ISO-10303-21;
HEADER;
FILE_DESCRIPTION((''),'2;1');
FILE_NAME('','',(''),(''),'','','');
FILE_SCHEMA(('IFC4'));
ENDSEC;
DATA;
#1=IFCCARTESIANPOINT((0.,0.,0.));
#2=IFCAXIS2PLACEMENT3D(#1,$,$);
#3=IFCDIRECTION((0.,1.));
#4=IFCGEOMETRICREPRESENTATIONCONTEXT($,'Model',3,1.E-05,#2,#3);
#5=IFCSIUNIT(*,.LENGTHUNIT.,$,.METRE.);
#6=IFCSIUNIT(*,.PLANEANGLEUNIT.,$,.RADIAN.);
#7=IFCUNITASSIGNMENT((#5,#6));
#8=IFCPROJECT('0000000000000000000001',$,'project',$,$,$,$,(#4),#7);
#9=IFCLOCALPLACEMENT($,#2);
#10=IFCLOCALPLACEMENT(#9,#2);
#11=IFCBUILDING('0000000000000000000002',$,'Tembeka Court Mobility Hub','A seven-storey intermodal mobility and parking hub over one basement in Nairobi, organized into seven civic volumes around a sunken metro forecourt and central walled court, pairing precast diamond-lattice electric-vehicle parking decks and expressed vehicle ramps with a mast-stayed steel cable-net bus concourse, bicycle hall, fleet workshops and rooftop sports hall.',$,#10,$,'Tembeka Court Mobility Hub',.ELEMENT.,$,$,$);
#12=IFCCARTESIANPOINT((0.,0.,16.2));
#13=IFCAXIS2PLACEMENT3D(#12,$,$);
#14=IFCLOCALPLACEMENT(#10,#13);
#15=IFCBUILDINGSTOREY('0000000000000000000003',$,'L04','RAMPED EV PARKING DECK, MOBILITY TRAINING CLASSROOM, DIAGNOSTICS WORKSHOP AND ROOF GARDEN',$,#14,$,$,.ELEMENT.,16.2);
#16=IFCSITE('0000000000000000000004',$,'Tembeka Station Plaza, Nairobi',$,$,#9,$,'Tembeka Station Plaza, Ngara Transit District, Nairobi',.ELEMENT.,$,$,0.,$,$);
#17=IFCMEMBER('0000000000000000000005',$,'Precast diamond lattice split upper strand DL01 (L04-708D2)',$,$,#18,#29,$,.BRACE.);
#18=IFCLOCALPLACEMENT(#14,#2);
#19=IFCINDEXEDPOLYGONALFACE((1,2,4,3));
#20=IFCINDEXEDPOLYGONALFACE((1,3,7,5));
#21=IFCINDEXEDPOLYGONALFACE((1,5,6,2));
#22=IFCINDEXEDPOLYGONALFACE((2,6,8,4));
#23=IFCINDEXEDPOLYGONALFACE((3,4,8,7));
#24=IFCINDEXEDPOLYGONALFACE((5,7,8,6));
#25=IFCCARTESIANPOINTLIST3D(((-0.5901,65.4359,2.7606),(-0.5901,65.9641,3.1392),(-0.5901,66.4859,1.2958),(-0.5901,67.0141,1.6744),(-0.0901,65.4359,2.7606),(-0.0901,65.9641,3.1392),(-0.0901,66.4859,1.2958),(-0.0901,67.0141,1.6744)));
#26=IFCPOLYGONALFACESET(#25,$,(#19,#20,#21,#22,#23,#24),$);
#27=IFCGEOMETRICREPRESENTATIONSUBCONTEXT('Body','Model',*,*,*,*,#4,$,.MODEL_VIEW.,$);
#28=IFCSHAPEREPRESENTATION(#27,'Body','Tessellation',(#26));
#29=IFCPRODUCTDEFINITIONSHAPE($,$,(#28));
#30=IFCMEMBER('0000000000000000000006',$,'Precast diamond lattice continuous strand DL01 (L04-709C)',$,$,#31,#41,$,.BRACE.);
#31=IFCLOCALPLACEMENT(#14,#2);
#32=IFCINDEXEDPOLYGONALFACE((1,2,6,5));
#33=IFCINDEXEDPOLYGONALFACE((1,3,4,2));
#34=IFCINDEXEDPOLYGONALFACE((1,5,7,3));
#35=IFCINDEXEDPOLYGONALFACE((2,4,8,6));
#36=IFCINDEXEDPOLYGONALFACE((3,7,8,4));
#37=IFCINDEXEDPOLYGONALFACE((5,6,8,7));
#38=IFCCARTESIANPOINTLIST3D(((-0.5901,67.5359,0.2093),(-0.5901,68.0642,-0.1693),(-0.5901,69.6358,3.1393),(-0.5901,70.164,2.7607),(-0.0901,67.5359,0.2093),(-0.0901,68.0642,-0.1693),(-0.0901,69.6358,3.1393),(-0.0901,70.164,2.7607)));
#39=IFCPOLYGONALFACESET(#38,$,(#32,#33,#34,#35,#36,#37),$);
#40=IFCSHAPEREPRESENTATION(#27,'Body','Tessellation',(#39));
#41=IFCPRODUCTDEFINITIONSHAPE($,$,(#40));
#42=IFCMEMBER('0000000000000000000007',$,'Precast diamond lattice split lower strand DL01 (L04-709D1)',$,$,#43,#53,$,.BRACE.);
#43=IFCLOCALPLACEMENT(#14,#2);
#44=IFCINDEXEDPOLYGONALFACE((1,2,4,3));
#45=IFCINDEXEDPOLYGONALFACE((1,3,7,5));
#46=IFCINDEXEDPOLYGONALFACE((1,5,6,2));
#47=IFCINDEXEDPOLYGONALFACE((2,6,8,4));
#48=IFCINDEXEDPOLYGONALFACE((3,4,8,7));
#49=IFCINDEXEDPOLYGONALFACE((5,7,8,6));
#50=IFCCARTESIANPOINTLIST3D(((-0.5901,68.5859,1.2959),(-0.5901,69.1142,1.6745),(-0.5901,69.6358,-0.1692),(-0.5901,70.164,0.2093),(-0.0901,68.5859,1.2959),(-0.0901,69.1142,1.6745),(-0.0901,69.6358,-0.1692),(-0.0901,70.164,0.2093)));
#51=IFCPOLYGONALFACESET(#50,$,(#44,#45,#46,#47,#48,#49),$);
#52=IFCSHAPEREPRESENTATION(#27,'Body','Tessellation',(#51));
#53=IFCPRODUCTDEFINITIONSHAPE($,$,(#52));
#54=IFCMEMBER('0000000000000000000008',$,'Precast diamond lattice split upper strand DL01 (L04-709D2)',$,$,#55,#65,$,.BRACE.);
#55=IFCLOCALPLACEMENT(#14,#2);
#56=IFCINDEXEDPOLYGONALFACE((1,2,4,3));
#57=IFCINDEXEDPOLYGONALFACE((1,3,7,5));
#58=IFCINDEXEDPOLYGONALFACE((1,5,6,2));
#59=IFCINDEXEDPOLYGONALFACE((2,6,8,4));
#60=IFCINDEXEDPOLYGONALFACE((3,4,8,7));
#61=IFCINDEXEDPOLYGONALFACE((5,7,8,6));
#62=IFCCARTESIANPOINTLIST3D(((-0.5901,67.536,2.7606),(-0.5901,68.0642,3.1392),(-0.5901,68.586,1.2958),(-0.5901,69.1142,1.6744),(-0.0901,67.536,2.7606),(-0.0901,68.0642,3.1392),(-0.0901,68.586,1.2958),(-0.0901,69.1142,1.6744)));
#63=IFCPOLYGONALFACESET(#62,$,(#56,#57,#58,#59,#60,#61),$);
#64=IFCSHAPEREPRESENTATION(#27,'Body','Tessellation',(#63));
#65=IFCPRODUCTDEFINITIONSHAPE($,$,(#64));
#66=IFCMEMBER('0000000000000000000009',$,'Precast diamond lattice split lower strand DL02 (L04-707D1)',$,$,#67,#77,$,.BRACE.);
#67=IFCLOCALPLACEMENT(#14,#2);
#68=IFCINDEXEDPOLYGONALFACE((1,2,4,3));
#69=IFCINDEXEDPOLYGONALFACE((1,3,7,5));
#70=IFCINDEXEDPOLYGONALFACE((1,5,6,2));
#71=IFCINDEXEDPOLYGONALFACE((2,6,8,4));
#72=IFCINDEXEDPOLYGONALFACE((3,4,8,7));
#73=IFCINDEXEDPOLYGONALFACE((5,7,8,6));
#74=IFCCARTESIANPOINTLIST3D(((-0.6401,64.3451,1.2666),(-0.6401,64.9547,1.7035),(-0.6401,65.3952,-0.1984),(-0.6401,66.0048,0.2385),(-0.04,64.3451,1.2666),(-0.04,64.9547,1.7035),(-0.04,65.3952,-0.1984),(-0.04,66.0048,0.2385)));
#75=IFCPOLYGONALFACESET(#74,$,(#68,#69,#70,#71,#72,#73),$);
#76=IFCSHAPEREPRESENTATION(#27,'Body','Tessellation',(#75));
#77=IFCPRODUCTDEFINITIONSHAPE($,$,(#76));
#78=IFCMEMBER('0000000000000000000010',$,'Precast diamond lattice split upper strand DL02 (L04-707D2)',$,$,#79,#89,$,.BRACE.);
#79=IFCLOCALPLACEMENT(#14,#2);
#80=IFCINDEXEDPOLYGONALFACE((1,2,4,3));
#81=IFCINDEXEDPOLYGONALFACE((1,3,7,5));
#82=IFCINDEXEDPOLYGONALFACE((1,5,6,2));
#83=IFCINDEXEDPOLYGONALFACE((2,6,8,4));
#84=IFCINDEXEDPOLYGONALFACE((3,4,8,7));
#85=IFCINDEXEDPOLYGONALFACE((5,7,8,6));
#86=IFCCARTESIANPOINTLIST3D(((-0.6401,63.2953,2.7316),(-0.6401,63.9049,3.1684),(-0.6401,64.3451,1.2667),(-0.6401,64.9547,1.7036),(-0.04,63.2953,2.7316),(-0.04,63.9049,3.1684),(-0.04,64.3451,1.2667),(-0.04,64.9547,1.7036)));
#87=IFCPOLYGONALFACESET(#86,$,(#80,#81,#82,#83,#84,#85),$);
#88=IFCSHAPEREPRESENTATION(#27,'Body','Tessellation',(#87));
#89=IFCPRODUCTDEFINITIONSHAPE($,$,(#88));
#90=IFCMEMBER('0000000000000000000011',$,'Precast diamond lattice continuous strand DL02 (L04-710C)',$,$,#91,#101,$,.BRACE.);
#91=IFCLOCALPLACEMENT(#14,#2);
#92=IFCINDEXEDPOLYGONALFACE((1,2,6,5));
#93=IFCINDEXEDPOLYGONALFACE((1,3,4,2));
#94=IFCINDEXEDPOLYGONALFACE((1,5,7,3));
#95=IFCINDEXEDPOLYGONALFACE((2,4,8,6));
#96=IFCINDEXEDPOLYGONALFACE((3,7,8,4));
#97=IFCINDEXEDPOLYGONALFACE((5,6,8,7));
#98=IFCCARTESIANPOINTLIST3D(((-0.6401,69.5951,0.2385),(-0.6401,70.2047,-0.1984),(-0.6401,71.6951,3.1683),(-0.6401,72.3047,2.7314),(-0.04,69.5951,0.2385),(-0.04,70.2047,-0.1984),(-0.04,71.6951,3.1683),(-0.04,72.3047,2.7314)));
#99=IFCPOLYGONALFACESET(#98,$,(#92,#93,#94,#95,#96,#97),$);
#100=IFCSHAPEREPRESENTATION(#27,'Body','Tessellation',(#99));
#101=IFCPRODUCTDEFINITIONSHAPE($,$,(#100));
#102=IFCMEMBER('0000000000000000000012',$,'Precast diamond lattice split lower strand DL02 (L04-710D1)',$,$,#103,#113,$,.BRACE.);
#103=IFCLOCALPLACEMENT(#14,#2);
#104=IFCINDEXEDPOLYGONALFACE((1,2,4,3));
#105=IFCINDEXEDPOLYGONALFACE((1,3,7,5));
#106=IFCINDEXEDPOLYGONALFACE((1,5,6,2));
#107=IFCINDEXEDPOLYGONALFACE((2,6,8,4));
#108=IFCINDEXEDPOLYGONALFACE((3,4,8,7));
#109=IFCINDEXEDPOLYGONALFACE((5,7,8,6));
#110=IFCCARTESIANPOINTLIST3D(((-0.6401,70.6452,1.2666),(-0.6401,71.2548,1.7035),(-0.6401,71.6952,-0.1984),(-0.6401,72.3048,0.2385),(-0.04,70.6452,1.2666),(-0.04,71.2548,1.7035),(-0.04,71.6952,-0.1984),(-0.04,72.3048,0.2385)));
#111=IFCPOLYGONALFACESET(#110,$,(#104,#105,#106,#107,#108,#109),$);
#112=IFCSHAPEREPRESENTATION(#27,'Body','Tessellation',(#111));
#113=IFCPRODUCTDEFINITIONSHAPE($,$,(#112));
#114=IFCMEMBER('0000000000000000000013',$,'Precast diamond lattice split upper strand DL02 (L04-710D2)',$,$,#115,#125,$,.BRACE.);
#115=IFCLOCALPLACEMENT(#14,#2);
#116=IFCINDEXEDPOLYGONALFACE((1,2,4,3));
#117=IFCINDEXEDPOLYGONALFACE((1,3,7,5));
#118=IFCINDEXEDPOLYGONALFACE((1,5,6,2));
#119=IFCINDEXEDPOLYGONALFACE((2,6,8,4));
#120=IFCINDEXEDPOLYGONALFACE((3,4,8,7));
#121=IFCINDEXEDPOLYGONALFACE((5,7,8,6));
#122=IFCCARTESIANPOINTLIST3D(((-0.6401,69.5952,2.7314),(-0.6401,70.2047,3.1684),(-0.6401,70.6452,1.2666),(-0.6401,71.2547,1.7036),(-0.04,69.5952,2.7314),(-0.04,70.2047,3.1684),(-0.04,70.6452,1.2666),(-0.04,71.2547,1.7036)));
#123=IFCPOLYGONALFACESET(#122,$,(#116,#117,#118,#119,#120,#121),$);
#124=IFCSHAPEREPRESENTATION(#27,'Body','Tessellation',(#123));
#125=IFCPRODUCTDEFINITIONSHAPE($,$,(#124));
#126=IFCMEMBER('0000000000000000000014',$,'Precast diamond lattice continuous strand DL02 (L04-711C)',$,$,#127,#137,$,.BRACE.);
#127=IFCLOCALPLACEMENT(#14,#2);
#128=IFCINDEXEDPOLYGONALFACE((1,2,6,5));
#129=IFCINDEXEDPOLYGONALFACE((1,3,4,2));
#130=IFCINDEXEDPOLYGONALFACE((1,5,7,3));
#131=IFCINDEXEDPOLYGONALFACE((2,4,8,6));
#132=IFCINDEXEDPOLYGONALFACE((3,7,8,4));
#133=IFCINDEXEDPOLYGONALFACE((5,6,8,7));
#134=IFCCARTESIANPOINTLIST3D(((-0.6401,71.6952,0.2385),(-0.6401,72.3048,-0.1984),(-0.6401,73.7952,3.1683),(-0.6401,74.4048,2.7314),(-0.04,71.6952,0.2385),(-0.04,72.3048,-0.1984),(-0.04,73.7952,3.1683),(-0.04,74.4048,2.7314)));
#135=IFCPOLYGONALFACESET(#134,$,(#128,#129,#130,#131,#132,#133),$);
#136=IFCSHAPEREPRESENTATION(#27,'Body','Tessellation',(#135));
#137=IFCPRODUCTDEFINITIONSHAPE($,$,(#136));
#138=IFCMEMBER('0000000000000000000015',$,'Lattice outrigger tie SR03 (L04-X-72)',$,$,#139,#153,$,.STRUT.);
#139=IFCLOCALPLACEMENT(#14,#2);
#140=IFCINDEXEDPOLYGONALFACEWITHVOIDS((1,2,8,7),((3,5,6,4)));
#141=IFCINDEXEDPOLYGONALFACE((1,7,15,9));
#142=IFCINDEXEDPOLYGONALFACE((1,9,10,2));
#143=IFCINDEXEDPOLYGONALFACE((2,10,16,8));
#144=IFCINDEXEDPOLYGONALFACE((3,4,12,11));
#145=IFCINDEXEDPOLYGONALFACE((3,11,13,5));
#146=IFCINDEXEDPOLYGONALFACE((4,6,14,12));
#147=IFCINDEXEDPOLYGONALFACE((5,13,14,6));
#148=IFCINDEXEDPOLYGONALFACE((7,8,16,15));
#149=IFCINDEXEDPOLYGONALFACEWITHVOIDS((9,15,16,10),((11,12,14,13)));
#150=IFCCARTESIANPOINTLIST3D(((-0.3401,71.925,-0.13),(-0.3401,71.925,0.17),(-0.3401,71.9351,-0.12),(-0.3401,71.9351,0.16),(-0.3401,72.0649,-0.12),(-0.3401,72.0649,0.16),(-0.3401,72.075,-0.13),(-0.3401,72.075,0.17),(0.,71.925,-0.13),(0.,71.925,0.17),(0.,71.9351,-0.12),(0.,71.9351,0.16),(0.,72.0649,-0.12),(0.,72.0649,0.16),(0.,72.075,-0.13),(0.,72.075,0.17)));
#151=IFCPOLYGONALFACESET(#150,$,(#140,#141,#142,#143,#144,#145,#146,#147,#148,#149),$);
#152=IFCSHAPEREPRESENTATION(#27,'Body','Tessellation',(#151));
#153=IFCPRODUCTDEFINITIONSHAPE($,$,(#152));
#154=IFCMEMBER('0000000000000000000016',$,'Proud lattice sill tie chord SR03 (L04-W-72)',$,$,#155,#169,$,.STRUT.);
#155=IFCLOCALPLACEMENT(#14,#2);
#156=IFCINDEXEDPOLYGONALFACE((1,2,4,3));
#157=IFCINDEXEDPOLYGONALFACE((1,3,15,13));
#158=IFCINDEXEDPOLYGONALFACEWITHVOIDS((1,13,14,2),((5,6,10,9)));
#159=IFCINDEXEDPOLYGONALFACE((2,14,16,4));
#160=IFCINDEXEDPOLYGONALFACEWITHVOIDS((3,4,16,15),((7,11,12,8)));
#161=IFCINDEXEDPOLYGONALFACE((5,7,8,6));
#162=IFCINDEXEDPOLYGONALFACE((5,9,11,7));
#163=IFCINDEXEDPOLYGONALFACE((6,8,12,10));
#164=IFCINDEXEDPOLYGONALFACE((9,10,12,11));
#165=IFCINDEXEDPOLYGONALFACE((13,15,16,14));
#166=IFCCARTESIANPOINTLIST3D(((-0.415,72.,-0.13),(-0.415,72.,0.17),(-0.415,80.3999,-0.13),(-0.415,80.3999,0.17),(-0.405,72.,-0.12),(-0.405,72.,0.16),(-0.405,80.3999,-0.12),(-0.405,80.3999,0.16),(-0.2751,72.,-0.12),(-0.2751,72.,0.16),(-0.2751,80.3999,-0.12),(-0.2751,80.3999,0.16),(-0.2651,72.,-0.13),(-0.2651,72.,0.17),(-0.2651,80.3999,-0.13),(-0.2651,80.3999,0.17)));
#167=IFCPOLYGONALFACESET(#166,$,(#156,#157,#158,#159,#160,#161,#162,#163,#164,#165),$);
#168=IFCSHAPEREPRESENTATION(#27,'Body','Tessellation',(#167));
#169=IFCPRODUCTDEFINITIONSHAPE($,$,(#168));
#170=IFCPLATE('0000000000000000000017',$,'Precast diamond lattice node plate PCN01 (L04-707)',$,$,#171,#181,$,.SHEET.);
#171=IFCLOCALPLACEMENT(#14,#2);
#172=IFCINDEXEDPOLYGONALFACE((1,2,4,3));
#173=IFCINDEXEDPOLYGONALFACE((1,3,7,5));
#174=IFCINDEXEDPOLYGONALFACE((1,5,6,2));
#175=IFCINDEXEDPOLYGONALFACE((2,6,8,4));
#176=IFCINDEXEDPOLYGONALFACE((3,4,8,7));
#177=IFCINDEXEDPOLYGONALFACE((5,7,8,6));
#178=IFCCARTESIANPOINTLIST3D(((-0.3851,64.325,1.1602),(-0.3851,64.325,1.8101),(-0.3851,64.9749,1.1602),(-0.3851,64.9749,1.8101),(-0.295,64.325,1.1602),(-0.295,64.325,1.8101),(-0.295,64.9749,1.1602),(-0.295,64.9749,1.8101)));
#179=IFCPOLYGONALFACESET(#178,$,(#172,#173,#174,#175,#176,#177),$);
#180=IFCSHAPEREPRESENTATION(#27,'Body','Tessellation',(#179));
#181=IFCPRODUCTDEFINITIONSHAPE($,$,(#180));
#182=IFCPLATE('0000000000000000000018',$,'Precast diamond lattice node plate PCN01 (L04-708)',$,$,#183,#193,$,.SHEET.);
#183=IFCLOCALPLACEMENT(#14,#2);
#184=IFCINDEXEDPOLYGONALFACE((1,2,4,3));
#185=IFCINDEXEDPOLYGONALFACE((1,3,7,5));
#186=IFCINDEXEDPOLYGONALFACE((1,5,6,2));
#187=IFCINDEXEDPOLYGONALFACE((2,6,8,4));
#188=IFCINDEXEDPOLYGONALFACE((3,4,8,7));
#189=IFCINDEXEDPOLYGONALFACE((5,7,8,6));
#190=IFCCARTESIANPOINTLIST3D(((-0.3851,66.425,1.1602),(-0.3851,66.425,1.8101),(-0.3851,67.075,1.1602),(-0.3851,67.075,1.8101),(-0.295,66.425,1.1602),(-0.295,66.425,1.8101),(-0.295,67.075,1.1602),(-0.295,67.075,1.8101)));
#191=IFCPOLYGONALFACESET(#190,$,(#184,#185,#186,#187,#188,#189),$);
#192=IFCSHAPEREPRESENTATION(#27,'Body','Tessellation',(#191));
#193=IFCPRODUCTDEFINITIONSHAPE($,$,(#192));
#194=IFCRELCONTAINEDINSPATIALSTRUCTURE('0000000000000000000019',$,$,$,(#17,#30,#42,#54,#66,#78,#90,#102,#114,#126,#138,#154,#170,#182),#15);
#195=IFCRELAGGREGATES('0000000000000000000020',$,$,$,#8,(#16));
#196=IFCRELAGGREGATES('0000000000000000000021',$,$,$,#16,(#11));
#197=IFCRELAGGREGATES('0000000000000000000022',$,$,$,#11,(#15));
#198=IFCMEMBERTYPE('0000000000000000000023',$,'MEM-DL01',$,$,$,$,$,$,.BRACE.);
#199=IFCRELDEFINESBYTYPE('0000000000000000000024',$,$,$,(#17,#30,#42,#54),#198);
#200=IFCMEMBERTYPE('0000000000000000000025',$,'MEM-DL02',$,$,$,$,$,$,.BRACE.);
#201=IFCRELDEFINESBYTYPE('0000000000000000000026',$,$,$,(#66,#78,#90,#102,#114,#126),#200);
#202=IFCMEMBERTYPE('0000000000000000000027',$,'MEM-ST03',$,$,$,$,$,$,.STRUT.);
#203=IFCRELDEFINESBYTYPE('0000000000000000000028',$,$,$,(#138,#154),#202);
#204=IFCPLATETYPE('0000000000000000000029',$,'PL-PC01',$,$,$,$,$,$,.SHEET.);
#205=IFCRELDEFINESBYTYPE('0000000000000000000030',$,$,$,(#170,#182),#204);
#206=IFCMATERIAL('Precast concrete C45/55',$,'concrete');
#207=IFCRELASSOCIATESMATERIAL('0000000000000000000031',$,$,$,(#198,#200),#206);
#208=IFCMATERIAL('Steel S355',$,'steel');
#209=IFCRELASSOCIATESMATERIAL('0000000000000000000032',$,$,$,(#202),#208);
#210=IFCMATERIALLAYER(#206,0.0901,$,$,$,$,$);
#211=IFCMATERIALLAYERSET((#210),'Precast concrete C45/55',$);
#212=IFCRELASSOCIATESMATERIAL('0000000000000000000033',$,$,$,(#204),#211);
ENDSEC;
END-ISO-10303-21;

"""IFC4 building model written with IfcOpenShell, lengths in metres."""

from ifc_helpers import new_model, si_unit, direction, frame, origin, origin_2d, place, context, subcontext, project, spatial, rectangle, hollow_rectangle, extrude, material, layer, layer_set, material_profile, profile_set, type_object, element, save


model = new_model("IFC4")

# Units and contexts
model_context = context("Model", 3, precision=1e-05, world=origin(), true_north=direction((0.0, 1.0)))
body_context = subcontext(model_context, "Body", "Model", "MODEL_VIEW")
ifc_project = project(units=[si_unit("LENGTHUNIT", "METRE"), si_unit("PLANEANGLEUNIT", "RADIAN")], contexts=[model_context])

# Site, building, storey
site_placement = place(None, origin())
site = spatial("IfcSite", under=ifc_project, at=site_placement, Name="Tembeka Station Plaza, Nairobi", LongName="Tembeka Station Plaza, Ngara Transit District, Nairobi", CompositionType="ELEMENT", RefElevation=0.0)
building_placement = place(site_placement, origin())
building = spatial("IfcBuilding", under=site, at=building_placement, Name="Tembeka Court Mobility Hub", Description="A seven-storey intermodal mobility and parking hub over one basement in Nairobi, organized into seven civic volumes around a sunken metro forecourt and central walled court, pairing precast diamond-lattice electric-vehicle parking decks and expressed vehicle ramps with a mast-stayed steel cable-net bus concourse, bicycle hall, fleet workshops and rooftop sports hall.", LongName="Tembeka Court Mobility Hub", CompositionType="ELEMENT")
storey_placement = place(building_placement, frame((0.0, 0.0, 16.2)))
storey = spatial("IfcBuildingStorey", under=building, at=storey_placement, Name="L04", Description="RAMPED EV PARKING DECK, MOBILITY TRAINING CLASSROOM, DIAGNOSTICS WORKSHOP AND ROOF GARDEN", CompositionType="ELEMENT", Elevation=16.2)

# Shared definitions
ifc_material_1 = material(Name="Steel S355", Category="steel")

# Shared definitions
ifc_material_2 = material(Name="Precast concrete C45/55", Category="concrete")

# Members
ifc_material_profile_1 = material_profile(ifc_material_2, rectangle(XDim=0.5, YDim=0.6499, at=origin_2d()), Name="PC-DIAG 500x650")
ifc_profile_set_1 = profile_set([ifc_material_profile_1], Name="Precast concrete C45/55")
member_type_1 = type_object("IfcMemberType", Name="MEM-DL01", PredefinedType="BRACE", material=ifc_profile_set_1)
member_1_placement = place(storey_placement, frame((-0.3401, 66.75, 1.4851), z_axis=(0.0, -0.582608, 0.812753), x_axis=(1.0, 0.0, 0.0)))
element("IfcMember", 1, at=member_1_placement, inside=storey, type_object=member_type_1, Name="Precast diamond lattice split upper strand DL01 (L04-708D2)", PredefinedType="BRACE", context=body_context, shape_type="SweptSolid", body=[
    extrude(rectangle(XDim=0.5, YDim=0.6499, at=origin_2d()), origin(), (0.0, 0.0, 1.0), 1.8022),
])
member_2_placement = place(storey_placement, frame((-0.3401, 67.8, 0.02), z_axis=(0.0, 0.582532, 0.812808), x_axis=(-1.0, 0.0, 0.0)))
element("IfcMember", 2, at=member_2_placement, inside=storey, type_object=member_type_1, Name="Precast diamond lattice continuous strand DL01 (L04-709C)", PredefinedType="BRACE", context=body_context, shape_type="SweptSolid", body=[
    extrude(rectangle(XDim=0.5, YDim=0.6499, at=origin_2d()), origin(), (0.0, 0.0, 1.0), 3.6047),
])
member_3_placement = place(storey_placement, frame((-0.3401, 69.8999, 0.02), z_axis=(0.0, -0.582455, 0.812863), x_axis=(1.0, 0.0, 0.0)))
element("IfcMember", 3, at=member_3_placement, inside=storey, type_object=member_type_1, Name="Precast diamond lattice split lower strand DL01 (L04-709D1)", PredefinedType="BRACE", context=body_context, shape_type="SweptSolid", body=[
    extrude(rectangle(XDim=0.5, YDim=0.6499, at=origin_2d()), origin(), (0.0, 0.0, 1.0), 1.8025),
])
member_4_placement = place(storey_placement, frame((-0.3401, 68.8501, 1.4851), z_axis=(0.0, -0.582608, 0.812753), x_axis=(1.0, 0.0, 0.0)))
element("IfcMember", 4, at=member_4_placement, inside=storey, type_object=member_type_1, Name="Precast diamond lattice split upper strand DL01 (L04-709D2)", PredefinedType="BRACE", context=body_context, shape_type="SweptSolid", body=[
    extrude(rectangle(XDim=0.5, YDim=0.6499, at=origin_2d()), origin(), (0.0, 0.0, 1.0), 1.8022),
])
ifc_material_profile_2 = material_profile(ifc_material_2, rectangle(XDim=0.6001, YDim=0.75, at=origin_2d()), Name="PC-DIAG 600x750")
ifc_profile_set_2 = profile_set([ifc_material_profile_2], Name="Precast concrete C45/55")
member_type_2 = type_object("IfcMemberType", Name="MEM-DL02", PredefinedType="BRACE", material=ifc_profile_set_2)
member_5_placement = place(storey_placement, frame((-0.3401, 65.7, 0.02), z_axis=(0.0, -0.582544, 0.812799), x_axis=(1.0, 0.0, 0.0)))
element("IfcMember", 5, at=member_5_placement, inside=storey, type_object=member_type_2, Name="Precast diamond lattice split lower strand DL02 (L04-707D1)", PredefinedType="BRACE", context=body_context, shape_type="SweptSolid", body=[
    extrude(rectangle(XDim=0.6001, YDim=0.75, at=origin_2d()), origin(), (0.0, 0.0, 1.0), 1.8025),
])
member_6_placement = place(storey_placement, frame((-0.3401, 64.6499, 1.4851), z_axis=(0.0, -0.582519, 0.812817), x_axis=(1.0, 0.0, 0.0)))
element("IfcMember", 6, at=member_6_placement, inside=storey, type_object=member_type_2, Name="Precast diamond lattice split upper strand DL02 (L04-707D2)", PredefinedType="BRACE", context=body_context, shape_type="SweptSolid", body=[
    extrude(rectangle(XDim=0.6001, YDim=0.75, at=origin_2d()), origin(), (0.0, 0.0, 1.0), 1.8022),
])
member_7_placement = place(storey_placement, frame((-0.3401, 69.8999, 0.02), z_axis=(0.0, 0.582576, 0.812776), x_axis=(-1.0, 0.0, 0.0)))
element("IfcMember", 7, at=member_7_placement, inside=storey, type_object=member_type_2, Name="Precast diamond lattice continuous strand DL02 (L04-710C)", PredefinedType="BRACE", context=body_context, shape_type="SweptSolid", body=[
    extrude(rectangle(XDim=0.6001, YDim=0.75, at=origin_2d()), origin(), (0.0, 0.0, 1.0), 3.6047),
])
member_8_placement = place(storey_placement, frame((-0.3401, 72.0, 0.02), z_axis=(0.0, -0.582544, 0.812799), x_axis=(1.0, 0.0, 0.0)))
element("IfcMember", 8, at=member_8_placement, inside=storey, type_object=member_type_2, Name="Precast diamond lattice split lower strand DL02 (L04-710D1)", PredefinedType="BRACE", context=body_context, shape_type="SweptSolid", body=[
    extrude(rectangle(XDim=0.6001, YDim=0.75, at=origin_2d()), origin(), (0.0, 0.0, 1.0), 1.8025),
])
member_9_placement = place(storey_placement, frame((-0.3401, 70.95, 1.4851), z_axis=(0.0, -0.582608, 0.812753), x_axis=(1.0, 0.0, 0.0)))
element("IfcMember", 9, at=member_9_placement, inside=storey, type_object=member_type_2, Name="Precast diamond lattice split upper strand DL02 (L04-710D2)", PredefinedType="BRACE", context=body_context, shape_type="SweptSolid", body=[
    extrude(rectangle(XDim=0.6001, YDim=0.75, at=origin_2d()), origin(), (0.0, 0.0, 1.0), 1.8022),
])
member_10_placement = place(storey_placement, frame((-0.3401, 72.0, 0.02), z_axis=(0.0, 0.582576, 0.812776), x_axis=(-1.0, 0.0, 0.0)))
element("IfcMember", 10, at=member_10_placement, inside=storey, type_object=member_type_2, Name="Precast diamond lattice continuous strand DL02 (L04-711C)", PredefinedType="BRACE", context=body_context, shape_type="SweptSolid", body=[
    extrude(rectangle(XDim=0.6001, YDim=0.75, at=origin_2d()), origin(), (0.0, 0.0, 1.0), 3.6047),
])
ifc_material_profile_3 = material_profile(ifc_material_1, hollow_rectangle(XDim=0.1499, YDim=0.3, WallThickness=0.01, at=origin_2d()), Name="RHS 300x150x10")
ifc_profile_set_3 = profile_set([ifc_material_profile_3], Name="Steel S355")
member_type_3 = type_object("IfcMemberType", Name="MEM-ST03", PredefinedType="STRUT", material=ifc_profile_set_3)
member_11_placement = place(storey_placement, frame((0.0, 72.0, 0.02), z_axis=(-1.0, 0.0, 0.0), x_axis=(0.0, -1.0, 0.0)))
element("IfcMember", 11, at=member_11_placement, inside=storey, type_object=member_type_3, Name="Lattice outrigger tie SR03 (L04-X-72)", PredefinedType="STRUT", context=body_context, shape_type="SweptSolid", body=[
    extrude(hollow_rectangle(XDim=0.1499, YDim=0.3, WallThickness=0.01, at=origin_2d()), origin(), (0.0, 0.0, 1.0), 0.3401),
])
member_12_placement = place(storey_placement, frame((-0.3401, 72.0, 0.02), z_axis=(0.0, 1.0, 0.0), x_axis=(-1.0, 0.0, 0.0)))
element("IfcMember", 12, at=member_12_placement, inside=storey, type_object=member_type_3, Name="Proud lattice sill tie chord SR03 (L04-W-72)", PredefinedType="STRUT", context=body_context, shape_type="SweptSolid", body=[
    extrude(hollow_rectangle(XDim=0.1499, YDim=0.3, WallThickness=0.01, at=origin_2d()), origin(), (0.0, 0.0, 1.0), 8.3999),
])

# Plates
ifc_layer_1 = layer(ifc_material_2, 0.0901)
ifc_layer_set_1 = layer_set([ifc_layer_1], Name="Precast concrete C45/55")
plate_type = type_object("IfcPlateType", Name="PL-PC01", PredefinedType="SHEET", material=ifc_layer_set_1)
for number, where, z_axis, x_axis, name in (
    (13, (-0.3401, 64.6499, 1.1602), (0.0, 0.0, 1.0), (1.0, 0.0, 0.0), "Precast diamond lattice node plate PCN01 (L04-707)"),
    (14, (-0.3401, 66.75, 1.1602), (0.0, 0.0, 1.0), (1.0, 0.0, 0.0), "Precast diamond lattice node plate PCN01 (L04-708)"),
):
    element("IfcPlate", number, at=place(storey_placement, frame(where, z_axis=z_axis, x_axis=x_axis)), inside=storey, type_object=plate_type, Name=name, PredefinedType="SHEET", context=body_context, shape_type="SweptSolid", body=[
        extrude(rectangle(XDim=0.0901, YDim=0.6499, at=origin_2d()), origin(), (0.0, 0.0, 1.0), 0.6499),
    ])

save(model, "model.ifc")
